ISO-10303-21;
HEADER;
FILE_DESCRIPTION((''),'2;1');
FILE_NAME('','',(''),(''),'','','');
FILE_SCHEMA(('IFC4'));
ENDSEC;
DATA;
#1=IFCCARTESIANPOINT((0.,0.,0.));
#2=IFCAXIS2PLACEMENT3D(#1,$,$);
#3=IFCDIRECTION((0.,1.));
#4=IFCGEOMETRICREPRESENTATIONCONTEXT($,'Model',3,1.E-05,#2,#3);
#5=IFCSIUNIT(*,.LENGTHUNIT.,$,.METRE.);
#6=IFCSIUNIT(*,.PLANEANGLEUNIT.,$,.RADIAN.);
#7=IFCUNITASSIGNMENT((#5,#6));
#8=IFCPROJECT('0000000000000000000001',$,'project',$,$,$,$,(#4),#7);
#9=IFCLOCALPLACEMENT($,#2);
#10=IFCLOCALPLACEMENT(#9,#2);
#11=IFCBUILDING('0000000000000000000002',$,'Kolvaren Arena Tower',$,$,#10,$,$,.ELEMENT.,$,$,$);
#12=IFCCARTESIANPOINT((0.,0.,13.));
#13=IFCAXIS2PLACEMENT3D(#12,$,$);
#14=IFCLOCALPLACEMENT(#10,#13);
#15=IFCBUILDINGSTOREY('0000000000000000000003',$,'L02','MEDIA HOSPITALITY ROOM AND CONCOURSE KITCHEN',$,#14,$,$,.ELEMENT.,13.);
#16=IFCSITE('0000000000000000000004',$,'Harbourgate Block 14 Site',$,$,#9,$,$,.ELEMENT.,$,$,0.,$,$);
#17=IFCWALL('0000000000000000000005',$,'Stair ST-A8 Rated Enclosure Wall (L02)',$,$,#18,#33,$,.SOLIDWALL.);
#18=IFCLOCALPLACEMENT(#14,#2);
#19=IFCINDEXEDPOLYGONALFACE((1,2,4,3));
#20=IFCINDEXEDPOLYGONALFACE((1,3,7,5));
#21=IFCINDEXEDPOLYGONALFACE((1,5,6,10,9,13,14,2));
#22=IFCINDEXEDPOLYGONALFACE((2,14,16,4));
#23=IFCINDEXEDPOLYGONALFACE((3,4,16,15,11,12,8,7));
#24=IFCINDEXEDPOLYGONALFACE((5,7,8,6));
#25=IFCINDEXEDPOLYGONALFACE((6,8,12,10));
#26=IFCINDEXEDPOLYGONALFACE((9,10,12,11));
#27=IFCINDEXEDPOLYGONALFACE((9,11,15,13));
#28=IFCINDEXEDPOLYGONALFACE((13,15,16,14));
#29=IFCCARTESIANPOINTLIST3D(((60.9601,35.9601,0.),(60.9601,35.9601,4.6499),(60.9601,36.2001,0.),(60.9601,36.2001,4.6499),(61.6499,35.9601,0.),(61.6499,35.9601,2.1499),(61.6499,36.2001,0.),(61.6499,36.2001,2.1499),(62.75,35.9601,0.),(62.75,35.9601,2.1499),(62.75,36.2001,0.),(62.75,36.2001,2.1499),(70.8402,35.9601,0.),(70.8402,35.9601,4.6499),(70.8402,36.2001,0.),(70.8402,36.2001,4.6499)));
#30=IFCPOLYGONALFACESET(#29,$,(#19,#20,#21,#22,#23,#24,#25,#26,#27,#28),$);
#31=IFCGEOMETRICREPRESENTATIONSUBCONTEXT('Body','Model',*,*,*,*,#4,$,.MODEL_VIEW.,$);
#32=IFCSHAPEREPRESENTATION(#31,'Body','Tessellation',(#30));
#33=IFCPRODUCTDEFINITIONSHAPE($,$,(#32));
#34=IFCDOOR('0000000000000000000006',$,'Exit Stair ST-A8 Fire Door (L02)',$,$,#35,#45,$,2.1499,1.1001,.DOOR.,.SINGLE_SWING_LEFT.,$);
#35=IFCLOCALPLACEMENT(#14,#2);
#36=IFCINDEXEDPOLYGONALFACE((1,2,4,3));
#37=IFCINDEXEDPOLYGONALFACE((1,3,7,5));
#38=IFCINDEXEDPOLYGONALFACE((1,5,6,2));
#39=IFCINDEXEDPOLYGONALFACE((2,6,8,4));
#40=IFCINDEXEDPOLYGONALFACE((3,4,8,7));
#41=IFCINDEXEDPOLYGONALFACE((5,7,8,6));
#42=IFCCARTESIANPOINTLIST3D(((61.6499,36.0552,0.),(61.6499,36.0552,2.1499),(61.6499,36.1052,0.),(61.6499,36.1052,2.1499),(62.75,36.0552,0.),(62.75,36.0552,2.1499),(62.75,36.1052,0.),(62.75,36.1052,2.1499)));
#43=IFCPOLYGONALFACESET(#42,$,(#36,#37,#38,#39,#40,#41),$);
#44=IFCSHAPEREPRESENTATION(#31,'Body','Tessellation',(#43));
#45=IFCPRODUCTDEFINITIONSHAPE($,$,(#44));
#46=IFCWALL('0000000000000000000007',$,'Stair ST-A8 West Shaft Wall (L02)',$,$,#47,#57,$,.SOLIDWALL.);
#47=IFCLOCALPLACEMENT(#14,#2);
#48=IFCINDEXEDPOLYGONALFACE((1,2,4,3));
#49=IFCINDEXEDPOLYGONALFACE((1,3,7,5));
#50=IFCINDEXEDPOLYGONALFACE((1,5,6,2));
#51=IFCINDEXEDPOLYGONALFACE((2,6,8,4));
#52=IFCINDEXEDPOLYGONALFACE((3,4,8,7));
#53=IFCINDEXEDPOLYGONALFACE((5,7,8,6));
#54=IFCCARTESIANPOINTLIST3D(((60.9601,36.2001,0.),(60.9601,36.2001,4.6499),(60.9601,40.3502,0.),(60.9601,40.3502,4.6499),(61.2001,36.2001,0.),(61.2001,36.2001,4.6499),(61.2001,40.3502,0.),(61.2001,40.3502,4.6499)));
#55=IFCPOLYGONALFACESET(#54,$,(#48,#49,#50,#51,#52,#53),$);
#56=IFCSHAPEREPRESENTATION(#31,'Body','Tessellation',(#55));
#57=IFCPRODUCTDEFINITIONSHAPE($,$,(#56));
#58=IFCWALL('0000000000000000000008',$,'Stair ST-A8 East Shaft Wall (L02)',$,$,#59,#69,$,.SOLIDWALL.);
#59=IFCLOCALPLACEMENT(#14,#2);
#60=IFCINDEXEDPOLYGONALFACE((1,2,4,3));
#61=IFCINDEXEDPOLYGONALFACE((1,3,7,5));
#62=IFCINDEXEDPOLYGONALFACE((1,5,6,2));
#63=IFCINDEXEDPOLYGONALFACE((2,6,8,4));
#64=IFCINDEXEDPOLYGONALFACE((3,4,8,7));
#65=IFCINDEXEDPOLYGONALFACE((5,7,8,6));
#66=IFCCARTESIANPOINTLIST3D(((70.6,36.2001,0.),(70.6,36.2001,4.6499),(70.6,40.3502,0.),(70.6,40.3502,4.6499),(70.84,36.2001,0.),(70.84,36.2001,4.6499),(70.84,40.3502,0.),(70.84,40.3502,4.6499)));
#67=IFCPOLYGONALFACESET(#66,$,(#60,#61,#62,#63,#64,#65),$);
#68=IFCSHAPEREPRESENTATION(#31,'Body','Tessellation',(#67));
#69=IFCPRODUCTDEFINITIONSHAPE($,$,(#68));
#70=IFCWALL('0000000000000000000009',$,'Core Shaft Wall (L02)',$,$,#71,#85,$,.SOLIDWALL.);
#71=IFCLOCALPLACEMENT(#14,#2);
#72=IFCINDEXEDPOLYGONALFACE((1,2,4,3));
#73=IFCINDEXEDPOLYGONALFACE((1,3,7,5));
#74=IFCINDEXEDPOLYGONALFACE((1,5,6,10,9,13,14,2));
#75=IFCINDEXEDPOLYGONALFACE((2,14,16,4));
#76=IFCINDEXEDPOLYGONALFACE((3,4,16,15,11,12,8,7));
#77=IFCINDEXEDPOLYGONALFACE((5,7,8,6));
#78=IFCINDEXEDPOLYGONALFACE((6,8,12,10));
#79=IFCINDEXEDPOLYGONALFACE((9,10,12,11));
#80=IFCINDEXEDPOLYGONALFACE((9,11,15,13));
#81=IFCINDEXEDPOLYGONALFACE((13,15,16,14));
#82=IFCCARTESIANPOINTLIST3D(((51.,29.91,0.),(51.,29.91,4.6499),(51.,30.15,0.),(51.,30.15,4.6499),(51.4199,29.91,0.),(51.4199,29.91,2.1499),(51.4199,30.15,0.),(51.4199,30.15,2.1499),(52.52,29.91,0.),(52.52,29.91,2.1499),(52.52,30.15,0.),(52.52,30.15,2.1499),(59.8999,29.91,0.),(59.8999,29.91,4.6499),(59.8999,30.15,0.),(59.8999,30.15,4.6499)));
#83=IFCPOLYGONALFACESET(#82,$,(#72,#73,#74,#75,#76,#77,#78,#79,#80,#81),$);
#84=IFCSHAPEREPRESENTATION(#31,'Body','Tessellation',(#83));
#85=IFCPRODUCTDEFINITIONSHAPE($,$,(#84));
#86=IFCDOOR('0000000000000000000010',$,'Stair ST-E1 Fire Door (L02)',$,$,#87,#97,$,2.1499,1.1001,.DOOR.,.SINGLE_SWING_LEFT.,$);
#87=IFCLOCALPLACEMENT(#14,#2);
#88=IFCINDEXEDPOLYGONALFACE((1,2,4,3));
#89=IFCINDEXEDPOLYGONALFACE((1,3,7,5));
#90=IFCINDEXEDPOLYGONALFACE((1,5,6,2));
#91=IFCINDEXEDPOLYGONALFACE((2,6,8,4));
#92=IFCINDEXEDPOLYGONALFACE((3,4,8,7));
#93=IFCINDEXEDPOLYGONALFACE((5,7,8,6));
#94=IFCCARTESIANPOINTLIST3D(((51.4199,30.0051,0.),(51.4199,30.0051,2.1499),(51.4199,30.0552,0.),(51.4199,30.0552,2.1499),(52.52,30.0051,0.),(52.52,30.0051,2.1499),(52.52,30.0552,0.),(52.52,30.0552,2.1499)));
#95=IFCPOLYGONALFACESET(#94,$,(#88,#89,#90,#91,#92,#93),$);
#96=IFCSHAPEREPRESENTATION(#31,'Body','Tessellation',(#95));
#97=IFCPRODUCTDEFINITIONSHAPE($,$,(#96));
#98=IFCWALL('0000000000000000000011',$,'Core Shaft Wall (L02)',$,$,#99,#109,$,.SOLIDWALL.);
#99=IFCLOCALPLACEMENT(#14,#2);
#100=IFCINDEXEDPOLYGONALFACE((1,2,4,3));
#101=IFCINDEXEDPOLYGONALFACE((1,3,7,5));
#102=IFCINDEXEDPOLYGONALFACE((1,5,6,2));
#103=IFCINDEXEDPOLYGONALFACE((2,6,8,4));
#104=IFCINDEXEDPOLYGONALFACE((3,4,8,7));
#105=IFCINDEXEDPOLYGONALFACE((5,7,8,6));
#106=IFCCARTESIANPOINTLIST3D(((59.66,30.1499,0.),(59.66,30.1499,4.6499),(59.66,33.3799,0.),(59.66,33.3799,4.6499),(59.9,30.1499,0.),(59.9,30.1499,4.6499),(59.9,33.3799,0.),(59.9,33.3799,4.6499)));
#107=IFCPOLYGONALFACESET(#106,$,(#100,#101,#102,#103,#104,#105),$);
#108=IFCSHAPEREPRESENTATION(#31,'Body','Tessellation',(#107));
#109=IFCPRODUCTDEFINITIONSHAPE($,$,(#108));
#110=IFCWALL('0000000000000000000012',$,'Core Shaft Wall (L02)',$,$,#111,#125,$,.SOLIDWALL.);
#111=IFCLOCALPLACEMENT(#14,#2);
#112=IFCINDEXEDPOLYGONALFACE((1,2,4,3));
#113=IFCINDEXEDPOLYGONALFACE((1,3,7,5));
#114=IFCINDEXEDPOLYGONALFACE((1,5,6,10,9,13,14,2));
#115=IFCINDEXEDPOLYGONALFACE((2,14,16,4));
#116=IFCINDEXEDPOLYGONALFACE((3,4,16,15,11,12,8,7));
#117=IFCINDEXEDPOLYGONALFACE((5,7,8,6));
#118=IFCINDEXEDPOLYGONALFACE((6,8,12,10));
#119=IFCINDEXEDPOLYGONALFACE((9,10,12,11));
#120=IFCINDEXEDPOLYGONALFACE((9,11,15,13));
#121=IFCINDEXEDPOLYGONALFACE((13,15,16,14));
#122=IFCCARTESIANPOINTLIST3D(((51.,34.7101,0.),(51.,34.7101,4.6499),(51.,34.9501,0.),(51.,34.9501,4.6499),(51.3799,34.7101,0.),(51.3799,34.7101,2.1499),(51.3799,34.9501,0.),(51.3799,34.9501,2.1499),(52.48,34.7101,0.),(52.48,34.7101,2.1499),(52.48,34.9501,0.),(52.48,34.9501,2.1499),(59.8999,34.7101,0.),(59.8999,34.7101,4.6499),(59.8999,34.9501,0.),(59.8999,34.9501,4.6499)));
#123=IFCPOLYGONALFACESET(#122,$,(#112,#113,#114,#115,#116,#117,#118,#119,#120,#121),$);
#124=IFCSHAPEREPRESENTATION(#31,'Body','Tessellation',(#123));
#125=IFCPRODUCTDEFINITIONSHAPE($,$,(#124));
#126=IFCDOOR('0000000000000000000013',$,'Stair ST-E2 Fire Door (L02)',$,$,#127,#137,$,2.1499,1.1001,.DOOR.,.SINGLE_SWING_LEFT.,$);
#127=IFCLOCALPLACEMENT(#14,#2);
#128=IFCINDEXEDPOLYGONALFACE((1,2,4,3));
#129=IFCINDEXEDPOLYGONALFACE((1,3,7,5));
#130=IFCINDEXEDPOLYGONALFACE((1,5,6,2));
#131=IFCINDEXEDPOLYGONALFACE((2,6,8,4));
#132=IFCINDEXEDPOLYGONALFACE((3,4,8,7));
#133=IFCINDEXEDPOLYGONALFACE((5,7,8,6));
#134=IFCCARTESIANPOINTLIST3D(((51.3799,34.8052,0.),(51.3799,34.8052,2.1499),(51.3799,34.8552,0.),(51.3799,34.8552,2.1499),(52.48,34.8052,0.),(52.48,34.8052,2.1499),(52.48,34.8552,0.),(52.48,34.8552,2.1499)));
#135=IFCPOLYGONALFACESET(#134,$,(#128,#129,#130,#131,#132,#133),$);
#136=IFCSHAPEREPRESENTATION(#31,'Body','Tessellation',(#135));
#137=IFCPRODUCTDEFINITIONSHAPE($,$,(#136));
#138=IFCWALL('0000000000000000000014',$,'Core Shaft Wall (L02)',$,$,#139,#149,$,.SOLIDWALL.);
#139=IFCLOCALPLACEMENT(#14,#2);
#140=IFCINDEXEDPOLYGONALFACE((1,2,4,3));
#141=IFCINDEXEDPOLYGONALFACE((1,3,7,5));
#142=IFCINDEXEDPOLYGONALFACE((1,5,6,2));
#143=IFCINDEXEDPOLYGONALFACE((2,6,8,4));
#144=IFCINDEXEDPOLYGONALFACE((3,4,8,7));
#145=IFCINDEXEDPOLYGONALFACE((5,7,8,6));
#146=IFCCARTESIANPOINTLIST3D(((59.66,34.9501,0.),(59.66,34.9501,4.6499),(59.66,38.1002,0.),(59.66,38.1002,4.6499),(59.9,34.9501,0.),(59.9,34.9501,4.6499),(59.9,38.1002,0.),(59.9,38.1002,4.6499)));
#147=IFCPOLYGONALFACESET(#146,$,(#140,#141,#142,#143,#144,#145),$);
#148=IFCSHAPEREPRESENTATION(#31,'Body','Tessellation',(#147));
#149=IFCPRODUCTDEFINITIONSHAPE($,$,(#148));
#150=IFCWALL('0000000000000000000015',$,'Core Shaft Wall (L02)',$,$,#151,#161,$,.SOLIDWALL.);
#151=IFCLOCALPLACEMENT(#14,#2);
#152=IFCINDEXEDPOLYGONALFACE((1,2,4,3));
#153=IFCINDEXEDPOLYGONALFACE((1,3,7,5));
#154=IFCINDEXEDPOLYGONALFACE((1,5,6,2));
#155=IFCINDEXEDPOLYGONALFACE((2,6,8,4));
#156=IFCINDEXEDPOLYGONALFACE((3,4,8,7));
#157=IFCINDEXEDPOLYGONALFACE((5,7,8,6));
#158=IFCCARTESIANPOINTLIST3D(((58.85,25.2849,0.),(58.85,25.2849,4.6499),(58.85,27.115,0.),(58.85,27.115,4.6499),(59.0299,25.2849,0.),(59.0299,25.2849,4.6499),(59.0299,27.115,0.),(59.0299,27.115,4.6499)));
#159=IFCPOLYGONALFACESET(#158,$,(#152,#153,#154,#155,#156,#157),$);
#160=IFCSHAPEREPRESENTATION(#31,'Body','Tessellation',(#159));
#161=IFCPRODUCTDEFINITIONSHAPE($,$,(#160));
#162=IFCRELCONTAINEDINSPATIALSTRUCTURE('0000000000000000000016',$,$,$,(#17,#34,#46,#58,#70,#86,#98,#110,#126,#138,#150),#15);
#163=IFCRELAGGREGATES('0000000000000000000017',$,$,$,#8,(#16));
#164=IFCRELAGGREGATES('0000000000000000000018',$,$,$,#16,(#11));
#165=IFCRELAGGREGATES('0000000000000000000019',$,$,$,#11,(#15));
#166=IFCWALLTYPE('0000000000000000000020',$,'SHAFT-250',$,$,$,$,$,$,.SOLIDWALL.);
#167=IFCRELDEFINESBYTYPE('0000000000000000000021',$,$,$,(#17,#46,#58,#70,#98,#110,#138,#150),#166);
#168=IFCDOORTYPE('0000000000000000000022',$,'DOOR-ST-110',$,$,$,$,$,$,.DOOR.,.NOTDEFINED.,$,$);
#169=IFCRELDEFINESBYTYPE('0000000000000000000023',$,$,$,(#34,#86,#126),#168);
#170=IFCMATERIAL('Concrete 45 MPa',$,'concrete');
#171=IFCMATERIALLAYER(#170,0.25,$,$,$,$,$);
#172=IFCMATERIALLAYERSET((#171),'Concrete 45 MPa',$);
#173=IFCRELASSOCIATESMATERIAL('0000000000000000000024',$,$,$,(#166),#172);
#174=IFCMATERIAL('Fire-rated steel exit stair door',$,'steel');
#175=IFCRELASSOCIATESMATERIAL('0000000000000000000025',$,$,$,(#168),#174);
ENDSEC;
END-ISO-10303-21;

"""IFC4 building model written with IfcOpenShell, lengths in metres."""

from ifc_helpers import new_model, si_unit, direction, frame, frame_2d, origin, place, context, subcontext, project, spatial, rectangle, extrude, material, layer, layer_set, type_object, element, fill, save


model = new_model("IFC4")

# Units and contexts
model_context = context("Model", 3, precision=1e-05, world=origin(), true_north=direction((0.0, 1.0)))
body_context = subcontext(model_context, "Body", "Model", "MODEL_VIEW")
ifc_project = project(units=[si_unit("LENGTHUNIT", "METRE"), si_unit("PLANEANGLEUNIT", "RADIAN")], contexts=[model_context])

# Site, building, storey
site_placement = place(None, origin())
site = spatial("IfcSite", under=ifc_project, at=site_placement, Name="Harbourgate Block 14 Site", CompositionType="ELEMENT", RefElevation=0.0)
building_placement = place(site_placement, origin())
building = spatial("IfcBuilding", under=site, at=building_placement, Name="Kolvaren Arena Tower", CompositionType="ELEMENT")
storey_placement = place(building_placement, frame((0.0, 0.0, 13.0)))
storey = spatial("IfcBuildingStorey", under=building, at=storey_placement, Name="L02", Description="MEDIA HOSPITALITY ROOM AND CONCOURSE KITCHEN", CompositionType="ELEMENT", Elevation=13.0)

# Wall, opening, door
ifc_material_1 = material(Name="Concrete 45 MPa", Category="concrete")
ifc_layer_1 = layer(ifc_material_1, 0.25)
ifc_layer_set_1 = layer_set([ifc_layer_1], Name="Concrete 45 MPa")
wall_type_1 = type_object("IfcWallType", Name="SHAFT-250", PredefinedType="SOLIDWALL", material=ifc_layer_set_1)
wall_1_placement = place(storey_placement, frame((70.8401, 36.0801, 0.0), z_axis=(0.0, 0.0, 1.0), x_axis=(-1.0, 0.0, 0.0)))
wall_1 = element("IfcWall", 1, at=wall_1_placement, inside=storey, type_object=wall_type_1, Name="Stair ST-A8 Rated Enclosure Wall (L02)", PredefinedType="SOLIDWALL", context=body_context, shape_type="SweptSolid", body=[
    extrude(rectangle(XDim=9.8801, YDim=0.24, at=frame_2d((4.9399, 0.0))), origin(), (0.0, 0.0, 1.0), 4.6499),
])
opening_1_placement = place(wall_1_placement, frame((8.0901, 0.0, 0.0)))
opening_1 = element("IfcOpeningElement", 2, at=opening_1_placement, cuts=wall_1, PredefinedType="OPENING", context=body_context, shape_type="SweptSolid", body=[
    extrude(rectangle(XDim=1.1001, YDim=2.1499, at=frame_2d((0.55, 1.075))), frame((0.0, 0.1299, 0.0), z_axis=(0.0, -1.0, 0.0), x_axis=(1.0, 0.0, 0.0)), (0.0, 0.0, 1.0), 0.26),
])
ifc_material_2 = material(Name="Fire-rated steel exit stair door", Category="steel")
door_type = type_object("IfcDoorType", Name="DOOR-ST-110", OperationType="NOTDEFINED", PredefinedType="DOOR", material=ifc_material_2)
door_1_placement = place(opening_1_placement, origin())
door_1 = element("IfcDoor", 3, at=door_1_placement, inside=storey, type_object=door_type, Name="Exit Stair ST-A8 Fire Door (L02)", OperationType="SINGLE_SWING_LEFT", OverallHeight=2.1499, OverallWidth=1.1001, PredefinedType="DOOR", context=body_context, shape_type="SweptSolid", body=[
    extrude(rectangle(XDim=1.1001, YDim=2.1499, at=frame_2d((0.55, 1.075))), frame((0.0, 0.0249, 0.0), z_axis=(0.0, -1.0, 0.0), x_axis=(1.0, 0.0, 0.0)), (0.0, 0.0, 1.0), 0.05),
])
fill(opening_1, door_1)

# Walls
for number, where, z_axis, x_axis, name in (
    (4, (61.0801, 36.2, 0.0), (0.0, 0.0, 1.0), (0.0, 1.0, 0.0), "Stair ST-A8 West Shaft Wall (L02)"),
    (5, (70.72, 36.2, 0.0), (0.0, 0.0, 1.0), (0.0, 1.0, 0.0), "Stair ST-A8 East Shaft Wall (L02)"),
):
    element("IfcWall", number, at=place(storey_placement, frame(where, z_axis=z_axis, x_axis=x_axis)), inside=storey, type_object=wall_type_1, Name=name, PredefinedType="SOLIDWALL", context=body_context, shape_type="SweptSolid", body=[
        extrude(rectangle(XDim=4.1501, YDim=0.24, at=frame_2d((2.0752, 0.0))), origin(), (0.0, 0.0, 1.0), 4.6499),
    ])

# Wall, opening, door
wall_2_placement = place(storey_placement, frame((59.8999, 30.03, 0.0), z_axis=(0.0, 0.0, 1.0), x_axis=(-1.0, 0.0, 0.0)))
wall_2 = element("IfcWall", 6, at=wall_2_placement, inside=storey, type_object=wall_type_1, Name="Core Shaft Wall (L02)", PredefinedType="SOLIDWALL", context=body_context, shape_type="SweptSolid", body=[
    extrude(rectangle(XDim=8.8999, YDim=0.24, at=frame_2d((4.45, 0.0))), origin(), (0.0, 0.0, 1.0), 4.6499),
])
opening_2_placement = place(wall_2_placement, frame((7.3799, 0.0, 0.0)))
opening_2 = element("IfcOpeningElement", 7, at=opening_2_placement, cuts=wall_2, PredefinedType="OPENING", context=body_context, shape_type="SweptSolid", body=[
    extrude(rectangle(XDim=1.1001, YDim=2.1499, at=frame_2d((0.55, 1.075))), frame((0.0, 0.1299, 0.0), z_axis=(0.0, -1.0, 0.0), x_axis=(1.0, 0.0, 0.0)), (0.0, 0.0, 1.0), 0.26),
])
door_2_placement = place(opening_2_placement, origin())
door_2 = element("IfcDoor", 8, at=door_2_placement, inside=storey, type_object=door_type, Name="Stair ST-E1 Fire Door (L02)", OperationType="SINGLE_SWING_LEFT", OverallHeight=2.1499, OverallWidth=1.1001, PredefinedType="DOOR", context=body_context, shape_type="SweptSolid", body=[
    extrude(rectangle(XDim=1.1001, YDim=2.1499, at=frame_2d((0.55, 1.075))), frame((0.0, 0.0249, 0.0), z_axis=(0.0, -1.0, 0.0), x_axis=(1.0, 0.0, 0.0)), (0.0, 0.0, 1.0), 0.05),
])
fill(opening_2, door_2)

# Wall
wall_3_placement = place(storey_placement, frame((59.78, 30.1499, 0.0), z_axis=(0.0, 0.0, 1.0), x_axis=(0.0, 1.0, 0.0)))
element("IfcWall", 9, at=wall_3_placement, inside=storey, type_object=wall_type_1, Name="Core Shaft Wall (L02)", PredefinedType="SOLIDWALL", context=body_context, shape_type="SweptSolid", body=[
    extrude(rectangle(XDim=3.23, YDim=0.24, at=frame_2d((1.615, 0.0))), origin(), (0.0, 0.0, 1.0), 4.6499),
])

# Wall, opening, door
wall_4_placement = place(storey_placement, frame((59.8999, 34.8301, 0.0), z_axis=(0.0, 0.0, 1.0), x_axis=(-1.0, 0.0, 0.0)))
wall_4 = element("IfcWall", 10, at=wall_4_placement, inside=storey, type_object=wall_type_1, Name="Core Shaft Wall (L02)", PredefinedType="SOLIDWALL", context=body_context, shape_type="SweptSolid", body=[
    extrude(rectangle(XDim=8.8999, YDim=0.24, at=frame_2d((4.45, 0.0))), origin(), (0.0, 0.0, 1.0), 4.6499),
])
opening_3_placement = place(wall_4_placement, frame((7.4199, 0.0, 0.0)))
opening_3 = element("IfcOpeningElement", 11, at=opening_3_placement, cuts=wall_4, PredefinedType="OPENING", context=body_context, shape_type="SweptSolid", body=[
    extrude(rectangle(XDim=1.1001, YDim=2.1499, at=frame_2d((0.55, 1.075))), frame((0.0, 0.1299, 0.0), z_axis=(0.0, -1.0, 0.0), x_axis=(1.0, 0.0, 0.0)), (0.0, 0.0, 1.0), 0.26),
])
door_3_placement = place(opening_3_placement, origin())
door_3 = element("IfcDoor", 12, at=door_3_placement, inside=storey, type_object=door_type, Name="Stair ST-E2 Fire Door (L02)", OperationType="SINGLE_SWING_LEFT", OverallHeight=2.1499, OverallWidth=1.1001, PredefinedType="DOOR", context=body_context, shape_type="SweptSolid", body=[
    extrude(rectangle(XDim=1.1001, YDim=2.1499, at=frame_2d((0.55, 1.075))), frame((0.0, 0.0249, 0.0), z_axis=(0.0, -1.0, 0.0), x_axis=(1.0, 0.0, 0.0)), (0.0, 0.0, 1.0), 0.05),
])
fill(opening_3, door_3)

# Walls
wall_5_placement = place(storey_placement, frame((59.78, 34.95, 0.0), z_axis=(0.0, 0.0, 1.0), x_axis=(0.0, 1.0, 0.0)))
element("IfcWall", 13, at=wall_5_placement, inside=storey, type_object=wall_type_1, Name="Core Shaft Wall (L02)", PredefinedType="SOLIDWALL", context=body_context, shape_type="SweptSolid", body=[
    extrude(rectangle(XDim=3.1501, YDim=0.24, at=frame_2d((1.5752, 0.0))), origin(), (0.0, 0.0, 1.0), 4.6499),
])
wall_6_placement = place(storey_placement, frame((58.9399, 25.2849, 0.0), z_axis=(0.0, 0.0, 1.0), x_axis=(0.0, 1.0, 0.0)))
element("IfcWall", 14, at=wall_6_placement, inside=storey, type_object=wall_type_1, Name="Core Shaft Wall (L02)", PredefinedType="SOLIDWALL", context=body_context, shape_type="SweptSolid", body=[
    extrude(rectangle(XDim=1.8301, YDim=0.1799, at=frame_2d((0.915, 0.0))), origin(), (0.0, 0.0, 1.0), 4.6499),
])

save(model, "model.ifc")
